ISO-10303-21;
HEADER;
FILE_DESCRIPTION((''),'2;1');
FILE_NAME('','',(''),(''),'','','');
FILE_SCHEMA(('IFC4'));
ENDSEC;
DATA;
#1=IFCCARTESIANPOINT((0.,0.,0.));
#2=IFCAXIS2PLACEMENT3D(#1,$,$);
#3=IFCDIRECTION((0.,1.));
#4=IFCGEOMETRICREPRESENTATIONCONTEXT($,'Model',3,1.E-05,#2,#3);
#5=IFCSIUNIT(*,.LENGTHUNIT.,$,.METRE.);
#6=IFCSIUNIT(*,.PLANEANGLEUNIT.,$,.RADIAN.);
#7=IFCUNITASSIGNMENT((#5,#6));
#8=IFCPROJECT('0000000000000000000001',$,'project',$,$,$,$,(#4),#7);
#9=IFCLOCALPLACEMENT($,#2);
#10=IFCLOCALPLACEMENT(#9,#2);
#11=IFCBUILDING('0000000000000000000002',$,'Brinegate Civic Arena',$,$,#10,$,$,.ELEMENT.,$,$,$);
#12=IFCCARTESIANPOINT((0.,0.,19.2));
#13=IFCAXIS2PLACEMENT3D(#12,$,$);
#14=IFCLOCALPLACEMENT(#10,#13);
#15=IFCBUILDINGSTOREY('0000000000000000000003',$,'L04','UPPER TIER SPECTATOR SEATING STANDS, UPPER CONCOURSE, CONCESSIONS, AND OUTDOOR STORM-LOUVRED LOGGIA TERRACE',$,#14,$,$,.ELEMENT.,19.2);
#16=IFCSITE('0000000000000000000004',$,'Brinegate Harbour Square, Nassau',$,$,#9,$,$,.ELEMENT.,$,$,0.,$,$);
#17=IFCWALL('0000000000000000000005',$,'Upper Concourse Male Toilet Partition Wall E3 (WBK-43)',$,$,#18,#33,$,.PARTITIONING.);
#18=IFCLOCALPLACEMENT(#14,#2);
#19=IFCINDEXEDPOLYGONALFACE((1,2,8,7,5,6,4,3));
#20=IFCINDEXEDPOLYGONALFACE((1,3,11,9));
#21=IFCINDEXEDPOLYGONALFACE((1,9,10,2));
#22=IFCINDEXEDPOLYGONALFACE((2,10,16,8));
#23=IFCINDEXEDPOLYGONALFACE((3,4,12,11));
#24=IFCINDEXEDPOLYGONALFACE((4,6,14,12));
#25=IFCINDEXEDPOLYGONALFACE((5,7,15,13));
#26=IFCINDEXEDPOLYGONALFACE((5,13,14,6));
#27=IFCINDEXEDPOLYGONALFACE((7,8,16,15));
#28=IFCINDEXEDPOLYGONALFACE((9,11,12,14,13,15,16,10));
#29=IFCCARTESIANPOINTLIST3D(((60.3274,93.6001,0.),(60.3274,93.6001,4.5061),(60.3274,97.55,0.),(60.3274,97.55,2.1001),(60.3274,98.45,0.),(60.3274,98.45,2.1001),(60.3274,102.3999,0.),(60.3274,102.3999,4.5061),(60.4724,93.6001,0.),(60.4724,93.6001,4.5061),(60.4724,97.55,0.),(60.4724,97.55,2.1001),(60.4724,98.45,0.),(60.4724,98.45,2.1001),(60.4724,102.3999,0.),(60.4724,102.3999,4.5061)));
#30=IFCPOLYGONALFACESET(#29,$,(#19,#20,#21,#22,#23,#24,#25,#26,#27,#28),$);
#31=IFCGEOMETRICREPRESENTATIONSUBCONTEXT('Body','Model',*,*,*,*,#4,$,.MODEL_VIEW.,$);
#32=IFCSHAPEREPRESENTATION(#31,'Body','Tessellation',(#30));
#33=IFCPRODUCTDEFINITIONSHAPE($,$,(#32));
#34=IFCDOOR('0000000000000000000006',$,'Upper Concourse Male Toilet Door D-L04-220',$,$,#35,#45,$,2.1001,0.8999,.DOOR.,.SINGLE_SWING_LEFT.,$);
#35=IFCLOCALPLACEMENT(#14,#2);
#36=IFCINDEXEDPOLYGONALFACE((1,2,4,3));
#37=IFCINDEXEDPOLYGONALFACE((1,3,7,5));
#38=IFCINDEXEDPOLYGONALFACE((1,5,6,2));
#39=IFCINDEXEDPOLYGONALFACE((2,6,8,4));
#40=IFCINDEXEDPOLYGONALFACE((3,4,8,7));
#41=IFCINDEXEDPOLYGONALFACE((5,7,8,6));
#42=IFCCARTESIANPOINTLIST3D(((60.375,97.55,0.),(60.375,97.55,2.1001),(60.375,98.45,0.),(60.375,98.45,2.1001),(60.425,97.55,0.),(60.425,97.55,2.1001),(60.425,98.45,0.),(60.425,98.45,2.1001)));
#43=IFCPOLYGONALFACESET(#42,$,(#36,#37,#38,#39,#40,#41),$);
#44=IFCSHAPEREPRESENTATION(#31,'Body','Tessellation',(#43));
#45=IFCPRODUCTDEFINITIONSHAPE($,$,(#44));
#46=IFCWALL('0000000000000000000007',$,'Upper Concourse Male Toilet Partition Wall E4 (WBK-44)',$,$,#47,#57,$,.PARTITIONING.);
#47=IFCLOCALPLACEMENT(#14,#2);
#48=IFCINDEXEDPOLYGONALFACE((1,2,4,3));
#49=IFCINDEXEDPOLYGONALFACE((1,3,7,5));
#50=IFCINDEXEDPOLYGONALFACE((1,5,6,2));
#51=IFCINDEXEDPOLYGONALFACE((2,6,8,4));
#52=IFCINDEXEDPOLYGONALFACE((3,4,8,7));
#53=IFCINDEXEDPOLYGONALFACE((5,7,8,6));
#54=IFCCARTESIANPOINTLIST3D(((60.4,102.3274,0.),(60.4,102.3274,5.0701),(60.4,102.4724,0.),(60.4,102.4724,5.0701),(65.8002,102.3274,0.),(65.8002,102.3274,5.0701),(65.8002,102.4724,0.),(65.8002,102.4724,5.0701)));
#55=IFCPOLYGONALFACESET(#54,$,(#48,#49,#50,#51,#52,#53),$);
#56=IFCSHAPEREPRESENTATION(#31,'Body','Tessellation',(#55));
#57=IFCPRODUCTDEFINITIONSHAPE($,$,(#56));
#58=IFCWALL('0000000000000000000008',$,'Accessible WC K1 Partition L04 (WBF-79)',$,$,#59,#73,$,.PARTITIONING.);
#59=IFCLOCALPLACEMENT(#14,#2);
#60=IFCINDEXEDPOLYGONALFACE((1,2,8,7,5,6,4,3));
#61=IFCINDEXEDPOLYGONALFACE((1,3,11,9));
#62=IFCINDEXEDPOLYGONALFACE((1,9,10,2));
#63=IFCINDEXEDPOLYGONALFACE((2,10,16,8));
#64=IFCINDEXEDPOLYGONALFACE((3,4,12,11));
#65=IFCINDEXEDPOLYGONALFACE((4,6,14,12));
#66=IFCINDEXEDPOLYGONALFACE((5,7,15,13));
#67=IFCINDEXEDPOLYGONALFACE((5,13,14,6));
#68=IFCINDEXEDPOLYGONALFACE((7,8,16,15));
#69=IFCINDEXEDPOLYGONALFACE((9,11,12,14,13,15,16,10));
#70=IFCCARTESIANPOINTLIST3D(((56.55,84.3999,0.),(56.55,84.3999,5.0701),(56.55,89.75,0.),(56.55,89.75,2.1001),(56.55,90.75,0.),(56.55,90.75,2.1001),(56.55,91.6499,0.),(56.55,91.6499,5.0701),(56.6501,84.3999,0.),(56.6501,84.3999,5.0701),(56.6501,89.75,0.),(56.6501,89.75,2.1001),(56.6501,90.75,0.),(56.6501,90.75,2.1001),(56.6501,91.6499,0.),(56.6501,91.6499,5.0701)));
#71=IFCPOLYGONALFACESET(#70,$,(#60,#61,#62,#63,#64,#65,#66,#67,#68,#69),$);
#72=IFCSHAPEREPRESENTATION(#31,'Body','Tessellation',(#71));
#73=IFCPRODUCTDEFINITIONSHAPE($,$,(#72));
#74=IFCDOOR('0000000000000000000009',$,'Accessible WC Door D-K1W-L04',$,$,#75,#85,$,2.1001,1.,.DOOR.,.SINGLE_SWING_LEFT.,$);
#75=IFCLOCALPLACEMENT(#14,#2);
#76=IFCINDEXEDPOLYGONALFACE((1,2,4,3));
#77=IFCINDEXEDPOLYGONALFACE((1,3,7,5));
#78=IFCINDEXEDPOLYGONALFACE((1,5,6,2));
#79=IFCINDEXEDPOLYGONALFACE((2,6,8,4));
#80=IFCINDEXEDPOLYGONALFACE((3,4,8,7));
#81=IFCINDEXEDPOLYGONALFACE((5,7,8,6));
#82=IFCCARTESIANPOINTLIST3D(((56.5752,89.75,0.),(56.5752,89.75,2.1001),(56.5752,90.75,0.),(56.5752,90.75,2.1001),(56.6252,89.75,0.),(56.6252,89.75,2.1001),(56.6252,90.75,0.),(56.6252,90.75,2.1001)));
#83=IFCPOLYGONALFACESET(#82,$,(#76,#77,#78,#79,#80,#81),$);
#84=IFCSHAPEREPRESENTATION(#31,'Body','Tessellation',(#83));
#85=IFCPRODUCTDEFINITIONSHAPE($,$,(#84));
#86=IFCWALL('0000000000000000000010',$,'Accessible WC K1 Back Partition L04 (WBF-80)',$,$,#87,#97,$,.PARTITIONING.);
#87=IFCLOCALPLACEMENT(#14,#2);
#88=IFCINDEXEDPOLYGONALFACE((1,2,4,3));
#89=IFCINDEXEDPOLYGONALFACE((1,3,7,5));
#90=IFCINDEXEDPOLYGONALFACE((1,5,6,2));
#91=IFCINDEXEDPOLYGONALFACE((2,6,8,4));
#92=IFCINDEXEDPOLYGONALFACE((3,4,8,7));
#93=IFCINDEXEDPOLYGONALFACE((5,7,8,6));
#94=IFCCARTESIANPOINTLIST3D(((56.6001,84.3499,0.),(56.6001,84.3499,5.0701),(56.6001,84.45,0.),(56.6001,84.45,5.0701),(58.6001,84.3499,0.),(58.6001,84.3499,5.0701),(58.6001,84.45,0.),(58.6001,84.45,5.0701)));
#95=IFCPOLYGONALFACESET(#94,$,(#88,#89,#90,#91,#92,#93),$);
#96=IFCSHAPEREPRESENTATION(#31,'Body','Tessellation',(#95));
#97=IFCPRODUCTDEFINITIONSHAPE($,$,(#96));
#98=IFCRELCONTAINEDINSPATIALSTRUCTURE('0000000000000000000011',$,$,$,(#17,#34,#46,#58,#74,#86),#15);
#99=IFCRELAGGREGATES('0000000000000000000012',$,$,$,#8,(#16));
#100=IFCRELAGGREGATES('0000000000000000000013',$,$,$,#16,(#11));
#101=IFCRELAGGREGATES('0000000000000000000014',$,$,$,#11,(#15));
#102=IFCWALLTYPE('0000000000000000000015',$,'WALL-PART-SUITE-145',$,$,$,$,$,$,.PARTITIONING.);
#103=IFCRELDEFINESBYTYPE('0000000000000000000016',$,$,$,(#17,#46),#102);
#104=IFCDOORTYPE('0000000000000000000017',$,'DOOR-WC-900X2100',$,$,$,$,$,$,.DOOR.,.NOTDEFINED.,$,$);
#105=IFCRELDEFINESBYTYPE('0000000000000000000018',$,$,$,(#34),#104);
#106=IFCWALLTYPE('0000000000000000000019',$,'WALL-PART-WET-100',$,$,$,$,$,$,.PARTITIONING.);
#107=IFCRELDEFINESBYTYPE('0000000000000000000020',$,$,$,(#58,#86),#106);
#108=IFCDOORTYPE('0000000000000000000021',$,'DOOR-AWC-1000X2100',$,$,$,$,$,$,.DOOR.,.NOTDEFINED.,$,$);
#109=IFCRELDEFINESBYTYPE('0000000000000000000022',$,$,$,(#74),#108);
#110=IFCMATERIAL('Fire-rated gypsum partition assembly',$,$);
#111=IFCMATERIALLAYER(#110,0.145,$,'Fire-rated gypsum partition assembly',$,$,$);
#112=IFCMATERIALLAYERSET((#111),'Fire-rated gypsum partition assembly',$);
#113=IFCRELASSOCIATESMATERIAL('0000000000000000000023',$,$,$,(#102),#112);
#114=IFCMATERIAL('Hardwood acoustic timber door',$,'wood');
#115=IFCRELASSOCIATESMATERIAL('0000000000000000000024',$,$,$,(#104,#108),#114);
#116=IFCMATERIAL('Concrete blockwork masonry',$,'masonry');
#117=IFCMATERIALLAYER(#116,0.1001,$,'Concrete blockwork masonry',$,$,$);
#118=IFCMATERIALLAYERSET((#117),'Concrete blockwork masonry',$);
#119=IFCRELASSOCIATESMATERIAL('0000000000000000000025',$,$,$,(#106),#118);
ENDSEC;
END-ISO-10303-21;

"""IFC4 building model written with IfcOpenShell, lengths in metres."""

from ifc_helpers import new_model, si_unit, direction, frame, frame_2d, origin, place, context, subcontext, project, spatial, rectangle, extrude, material, layer, layer_set, type_object, element, fill, save


model = new_model("IFC4")

# Units and contexts
model_context = context("Model", 3, precision=1e-05, world=origin(), true_north=direction((0.0, 1.0)))
body_context = subcontext(model_context, "Body", "Model", "MODEL_VIEW")
ifc_project = project(units=[si_unit("LENGTHUNIT", "METRE"), si_unit("PLANEANGLEUNIT", "RADIAN")], contexts=[model_context])

# Site, building, storey
site_placement = place(None, origin())
site = spatial("IfcSite", under=ifc_project, at=site_placement, Name="Brinegate Harbour Square, Nassau", CompositionType="ELEMENT", RefElevation=0.0)
building_placement = place(site_placement, origin())
building = spatial("IfcBuilding", under=site, at=building_placement, Name="Brinegate Civic Arena", CompositionType="ELEMENT")
storey_placement = place(building_placement, frame((0.0, 0.0, 19.2)))
storey = spatial("IfcBuildingStorey", under=building, at=storey_placement, Name="L04", Description="UPPER TIER SPECTATOR SEATING STANDS, UPPER CONCOURSE, CONCESSIONS, AND OUTDOOR STORM-LOUVRED LOGGIA TERRACE", CompositionType="ELEMENT", Elevation=19.2)

# Shared definitions
ifc_material_1 = material(Name="Fire-rated gypsum partition assembly")
ifc_layer_1 = layer(ifc_material_1, 0.145, Name="Fire-rated gypsum partition assembly")
ifc_layer_set_1 = layer_set([ifc_layer_1], Name="Fire-rated gypsum partition assembly")
wall_type_1 = type_object("IfcWallType", Name="WALL-PART-SUITE-145", PredefinedType="PARTITIONING", material=ifc_layer_set_1)

# Wall, opening, door
wall_1_placement = place(storey_placement, frame((60.3999, 93.6001, 0.0), z_axis=(0.0, 0.0, 1.0), x_axis=(0.0, 1.0, 0.0)))
wall_1 = element("IfcWall", 1, at=wall_1_placement, inside=storey, type_object=wall_type_1, Name="Upper Concourse Male Toilet Partition Wall E3 (WBK-43)", PredefinedType="PARTITIONING", context=body_context, shape_type="SweptSolid", body=[
    extrude(rectangle(XDim=8.7998, YDim=0.145, at=frame_2d((4.3999, 0.0))), origin(), (0.0, 0.0, 1.0), 4.5061),
])
opening_1_placement = place(wall_1_placement, frame((3.95, 0.0, 0.0)))
opening_1 = element("IfcOpeningElement", 2, at=opening_1_placement, cuts=wall_1, PredefinedType="OPENING", context=body_context, shape_type="SweptSolid", body=[
    extrude(rectangle(XDim=0.8999, YDim=2.1001, at=frame_2d((0.45, 1.05))), frame((0.0, 0.0825, 0.0), z_axis=(0.0, -1.0, 0.0), x_axis=(1.0, 0.0, 0.0)), (0.0, 0.0, 1.0), 0.165),
])
ifc_material_2 = material(Name="Hardwood acoustic timber door", Category="wood")
door_type_1 = type_object("IfcDoorType", Name="DOOR-WC-900X2100", OperationType="NOTDEFINED", PredefinedType="DOOR", material=ifc_material_2)
door_1_placement = place(opening_1_placement, origin())
door_1 = element("IfcDoor", 3, at=door_1_placement, inside=storey, type_object=door_type_1, Name="Upper Concourse Male Toilet Door D-L04-220", OperationType="SINGLE_SWING_LEFT", OverallHeight=2.1001, OverallWidth=0.8999, PredefinedType="DOOR", context=body_context, shape_type="SweptSolid", body=[
    extrude(rectangle(XDim=0.8999, YDim=2.1001, at=frame_2d((0.45, 1.05))), frame((0.0, 0.0249, 0.0), z_axis=(0.0, -1.0, 0.0), x_axis=(1.0, 0.0, 0.0)), (0.0, 0.0, 1.0), 0.05),
])
fill(opening_1, door_1)

# Wall
wall_2_placement = place(storey_placement, frame((60.3999, 102.3999, 0.0), z_axis=(0.0, 0.0, 1.0), x_axis=(1.0, 0.0, 0.0)))
element("IfcWall", 4, at=wall_2_placement, inside=storey, type_object=wall_type_1, Name="Upper Concourse Male Toilet Partition Wall E4 (WBK-44)", PredefinedType="PARTITIONING", context=body_context, shape_type="SweptSolid", body=[
    extrude(rectangle(XDim=5.4001, YDim=0.145, at=frame_2d((2.7002, 0.0))), origin(), (0.0, 0.0, 1.0), 5.0701),
])

# Wall, opening, door
ifc_material_3 = material(Name="Concrete blockwork masonry", Category="masonry")
ifc_layer_2 = layer(ifc_material_3, 0.1001, Name="Concrete blockwork masonry")
ifc_layer_set_2 = layer_set([ifc_layer_2], Name="Concrete blockwork masonry")
wall_type_2 = type_object("IfcWallType", Name="WALL-PART-WET-100", PredefinedType="PARTITIONING", material=ifc_layer_set_2)
wall_3_placement = place(storey_placement, frame((56.6001, 84.3999, 0.0), z_axis=(0.0, 0.0, 1.0), x_axis=(0.0, 1.0, 0.0)))
wall_3 = element("IfcWall", 5, at=wall_3_placement, inside=storey, type_object=wall_type_2, Name="Accessible WC K1 Partition L04 (WBF-79)", PredefinedType="PARTITIONING", context=body_context, shape_type="SweptSolid", body=[
    extrude(rectangle(XDim=7.25, YDim=0.1001, at=frame_2d((3.625, 0.0))), origin(), (0.0, 0.0, 1.0), 5.0701),
])
opening_2_placement = place(wall_3_placement, frame((5.3501, 0.0, 0.0)))
opening_2 = element("IfcOpeningElement", 6, at=opening_2_placement, cuts=wall_3, PredefinedType="OPENING", context=body_context, shape_type="SweptSolid", body=[
    extrude(rectangle(XDim=1.0, YDim=2.1001, at=frame_2d((0.5, 1.05))), frame((0.0, 0.0601, 0.0), z_axis=(0.0, -1.0, 0.0), x_axis=(1.0, 0.0, 0.0)), (0.0, 0.0, 1.0), 0.1201),
])
door_type_2 = type_object("IfcDoorType", Name="DOOR-AWC-1000X2100", OperationType="NOTDEFINED", PredefinedType="DOOR", material=ifc_material_2)
door_2_placement = place(opening_2_placement, origin())
door_2 = element("IfcDoor", 7, at=door_2_placement, inside=storey, type_object=door_type_2, Name="Accessible WC Door D-K1W-L04", OperationType="SINGLE_SWING_LEFT", OverallHeight=2.1001, OverallWidth=1.0, PredefinedType="DOOR", context=body_context, shape_type="SweptSolid", body=[
    extrude(rectangle(XDim=1.0, YDim=2.1001, at=frame_2d((0.5, 1.05))), frame((0.0, 0.0249, 0.0), z_axis=(0.0, -1.0, 0.0), x_axis=(1.0, 0.0, 0.0)), (0.0, 0.0, 1.0), 0.05),
])
fill(opening_2, door_2)

# Wall
wall_4_placement = place(storey_placement, frame((56.6001, 84.3999, 0.0), z_axis=(0.0, 0.0, 1.0), x_axis=(1.0, 0.0, 0.0)))
element("IfcWall", 8, at=wall_4_placement, inside=storey, type_object=wall_type_2, Name="Accessible WC K1 Back Partition L04 (WBF-80)", PredefinedType="PARTITIONING", context=body_context, shape_type="SweptSolid", body=[
    extrude(rectangle(XDim=2.0, YDim=0.1001, at=frame_2d((1.0, 0.0))), origin(), (0.0, 0.0, 1.0), 5.0701),
])

save(model, "model.ifc")
